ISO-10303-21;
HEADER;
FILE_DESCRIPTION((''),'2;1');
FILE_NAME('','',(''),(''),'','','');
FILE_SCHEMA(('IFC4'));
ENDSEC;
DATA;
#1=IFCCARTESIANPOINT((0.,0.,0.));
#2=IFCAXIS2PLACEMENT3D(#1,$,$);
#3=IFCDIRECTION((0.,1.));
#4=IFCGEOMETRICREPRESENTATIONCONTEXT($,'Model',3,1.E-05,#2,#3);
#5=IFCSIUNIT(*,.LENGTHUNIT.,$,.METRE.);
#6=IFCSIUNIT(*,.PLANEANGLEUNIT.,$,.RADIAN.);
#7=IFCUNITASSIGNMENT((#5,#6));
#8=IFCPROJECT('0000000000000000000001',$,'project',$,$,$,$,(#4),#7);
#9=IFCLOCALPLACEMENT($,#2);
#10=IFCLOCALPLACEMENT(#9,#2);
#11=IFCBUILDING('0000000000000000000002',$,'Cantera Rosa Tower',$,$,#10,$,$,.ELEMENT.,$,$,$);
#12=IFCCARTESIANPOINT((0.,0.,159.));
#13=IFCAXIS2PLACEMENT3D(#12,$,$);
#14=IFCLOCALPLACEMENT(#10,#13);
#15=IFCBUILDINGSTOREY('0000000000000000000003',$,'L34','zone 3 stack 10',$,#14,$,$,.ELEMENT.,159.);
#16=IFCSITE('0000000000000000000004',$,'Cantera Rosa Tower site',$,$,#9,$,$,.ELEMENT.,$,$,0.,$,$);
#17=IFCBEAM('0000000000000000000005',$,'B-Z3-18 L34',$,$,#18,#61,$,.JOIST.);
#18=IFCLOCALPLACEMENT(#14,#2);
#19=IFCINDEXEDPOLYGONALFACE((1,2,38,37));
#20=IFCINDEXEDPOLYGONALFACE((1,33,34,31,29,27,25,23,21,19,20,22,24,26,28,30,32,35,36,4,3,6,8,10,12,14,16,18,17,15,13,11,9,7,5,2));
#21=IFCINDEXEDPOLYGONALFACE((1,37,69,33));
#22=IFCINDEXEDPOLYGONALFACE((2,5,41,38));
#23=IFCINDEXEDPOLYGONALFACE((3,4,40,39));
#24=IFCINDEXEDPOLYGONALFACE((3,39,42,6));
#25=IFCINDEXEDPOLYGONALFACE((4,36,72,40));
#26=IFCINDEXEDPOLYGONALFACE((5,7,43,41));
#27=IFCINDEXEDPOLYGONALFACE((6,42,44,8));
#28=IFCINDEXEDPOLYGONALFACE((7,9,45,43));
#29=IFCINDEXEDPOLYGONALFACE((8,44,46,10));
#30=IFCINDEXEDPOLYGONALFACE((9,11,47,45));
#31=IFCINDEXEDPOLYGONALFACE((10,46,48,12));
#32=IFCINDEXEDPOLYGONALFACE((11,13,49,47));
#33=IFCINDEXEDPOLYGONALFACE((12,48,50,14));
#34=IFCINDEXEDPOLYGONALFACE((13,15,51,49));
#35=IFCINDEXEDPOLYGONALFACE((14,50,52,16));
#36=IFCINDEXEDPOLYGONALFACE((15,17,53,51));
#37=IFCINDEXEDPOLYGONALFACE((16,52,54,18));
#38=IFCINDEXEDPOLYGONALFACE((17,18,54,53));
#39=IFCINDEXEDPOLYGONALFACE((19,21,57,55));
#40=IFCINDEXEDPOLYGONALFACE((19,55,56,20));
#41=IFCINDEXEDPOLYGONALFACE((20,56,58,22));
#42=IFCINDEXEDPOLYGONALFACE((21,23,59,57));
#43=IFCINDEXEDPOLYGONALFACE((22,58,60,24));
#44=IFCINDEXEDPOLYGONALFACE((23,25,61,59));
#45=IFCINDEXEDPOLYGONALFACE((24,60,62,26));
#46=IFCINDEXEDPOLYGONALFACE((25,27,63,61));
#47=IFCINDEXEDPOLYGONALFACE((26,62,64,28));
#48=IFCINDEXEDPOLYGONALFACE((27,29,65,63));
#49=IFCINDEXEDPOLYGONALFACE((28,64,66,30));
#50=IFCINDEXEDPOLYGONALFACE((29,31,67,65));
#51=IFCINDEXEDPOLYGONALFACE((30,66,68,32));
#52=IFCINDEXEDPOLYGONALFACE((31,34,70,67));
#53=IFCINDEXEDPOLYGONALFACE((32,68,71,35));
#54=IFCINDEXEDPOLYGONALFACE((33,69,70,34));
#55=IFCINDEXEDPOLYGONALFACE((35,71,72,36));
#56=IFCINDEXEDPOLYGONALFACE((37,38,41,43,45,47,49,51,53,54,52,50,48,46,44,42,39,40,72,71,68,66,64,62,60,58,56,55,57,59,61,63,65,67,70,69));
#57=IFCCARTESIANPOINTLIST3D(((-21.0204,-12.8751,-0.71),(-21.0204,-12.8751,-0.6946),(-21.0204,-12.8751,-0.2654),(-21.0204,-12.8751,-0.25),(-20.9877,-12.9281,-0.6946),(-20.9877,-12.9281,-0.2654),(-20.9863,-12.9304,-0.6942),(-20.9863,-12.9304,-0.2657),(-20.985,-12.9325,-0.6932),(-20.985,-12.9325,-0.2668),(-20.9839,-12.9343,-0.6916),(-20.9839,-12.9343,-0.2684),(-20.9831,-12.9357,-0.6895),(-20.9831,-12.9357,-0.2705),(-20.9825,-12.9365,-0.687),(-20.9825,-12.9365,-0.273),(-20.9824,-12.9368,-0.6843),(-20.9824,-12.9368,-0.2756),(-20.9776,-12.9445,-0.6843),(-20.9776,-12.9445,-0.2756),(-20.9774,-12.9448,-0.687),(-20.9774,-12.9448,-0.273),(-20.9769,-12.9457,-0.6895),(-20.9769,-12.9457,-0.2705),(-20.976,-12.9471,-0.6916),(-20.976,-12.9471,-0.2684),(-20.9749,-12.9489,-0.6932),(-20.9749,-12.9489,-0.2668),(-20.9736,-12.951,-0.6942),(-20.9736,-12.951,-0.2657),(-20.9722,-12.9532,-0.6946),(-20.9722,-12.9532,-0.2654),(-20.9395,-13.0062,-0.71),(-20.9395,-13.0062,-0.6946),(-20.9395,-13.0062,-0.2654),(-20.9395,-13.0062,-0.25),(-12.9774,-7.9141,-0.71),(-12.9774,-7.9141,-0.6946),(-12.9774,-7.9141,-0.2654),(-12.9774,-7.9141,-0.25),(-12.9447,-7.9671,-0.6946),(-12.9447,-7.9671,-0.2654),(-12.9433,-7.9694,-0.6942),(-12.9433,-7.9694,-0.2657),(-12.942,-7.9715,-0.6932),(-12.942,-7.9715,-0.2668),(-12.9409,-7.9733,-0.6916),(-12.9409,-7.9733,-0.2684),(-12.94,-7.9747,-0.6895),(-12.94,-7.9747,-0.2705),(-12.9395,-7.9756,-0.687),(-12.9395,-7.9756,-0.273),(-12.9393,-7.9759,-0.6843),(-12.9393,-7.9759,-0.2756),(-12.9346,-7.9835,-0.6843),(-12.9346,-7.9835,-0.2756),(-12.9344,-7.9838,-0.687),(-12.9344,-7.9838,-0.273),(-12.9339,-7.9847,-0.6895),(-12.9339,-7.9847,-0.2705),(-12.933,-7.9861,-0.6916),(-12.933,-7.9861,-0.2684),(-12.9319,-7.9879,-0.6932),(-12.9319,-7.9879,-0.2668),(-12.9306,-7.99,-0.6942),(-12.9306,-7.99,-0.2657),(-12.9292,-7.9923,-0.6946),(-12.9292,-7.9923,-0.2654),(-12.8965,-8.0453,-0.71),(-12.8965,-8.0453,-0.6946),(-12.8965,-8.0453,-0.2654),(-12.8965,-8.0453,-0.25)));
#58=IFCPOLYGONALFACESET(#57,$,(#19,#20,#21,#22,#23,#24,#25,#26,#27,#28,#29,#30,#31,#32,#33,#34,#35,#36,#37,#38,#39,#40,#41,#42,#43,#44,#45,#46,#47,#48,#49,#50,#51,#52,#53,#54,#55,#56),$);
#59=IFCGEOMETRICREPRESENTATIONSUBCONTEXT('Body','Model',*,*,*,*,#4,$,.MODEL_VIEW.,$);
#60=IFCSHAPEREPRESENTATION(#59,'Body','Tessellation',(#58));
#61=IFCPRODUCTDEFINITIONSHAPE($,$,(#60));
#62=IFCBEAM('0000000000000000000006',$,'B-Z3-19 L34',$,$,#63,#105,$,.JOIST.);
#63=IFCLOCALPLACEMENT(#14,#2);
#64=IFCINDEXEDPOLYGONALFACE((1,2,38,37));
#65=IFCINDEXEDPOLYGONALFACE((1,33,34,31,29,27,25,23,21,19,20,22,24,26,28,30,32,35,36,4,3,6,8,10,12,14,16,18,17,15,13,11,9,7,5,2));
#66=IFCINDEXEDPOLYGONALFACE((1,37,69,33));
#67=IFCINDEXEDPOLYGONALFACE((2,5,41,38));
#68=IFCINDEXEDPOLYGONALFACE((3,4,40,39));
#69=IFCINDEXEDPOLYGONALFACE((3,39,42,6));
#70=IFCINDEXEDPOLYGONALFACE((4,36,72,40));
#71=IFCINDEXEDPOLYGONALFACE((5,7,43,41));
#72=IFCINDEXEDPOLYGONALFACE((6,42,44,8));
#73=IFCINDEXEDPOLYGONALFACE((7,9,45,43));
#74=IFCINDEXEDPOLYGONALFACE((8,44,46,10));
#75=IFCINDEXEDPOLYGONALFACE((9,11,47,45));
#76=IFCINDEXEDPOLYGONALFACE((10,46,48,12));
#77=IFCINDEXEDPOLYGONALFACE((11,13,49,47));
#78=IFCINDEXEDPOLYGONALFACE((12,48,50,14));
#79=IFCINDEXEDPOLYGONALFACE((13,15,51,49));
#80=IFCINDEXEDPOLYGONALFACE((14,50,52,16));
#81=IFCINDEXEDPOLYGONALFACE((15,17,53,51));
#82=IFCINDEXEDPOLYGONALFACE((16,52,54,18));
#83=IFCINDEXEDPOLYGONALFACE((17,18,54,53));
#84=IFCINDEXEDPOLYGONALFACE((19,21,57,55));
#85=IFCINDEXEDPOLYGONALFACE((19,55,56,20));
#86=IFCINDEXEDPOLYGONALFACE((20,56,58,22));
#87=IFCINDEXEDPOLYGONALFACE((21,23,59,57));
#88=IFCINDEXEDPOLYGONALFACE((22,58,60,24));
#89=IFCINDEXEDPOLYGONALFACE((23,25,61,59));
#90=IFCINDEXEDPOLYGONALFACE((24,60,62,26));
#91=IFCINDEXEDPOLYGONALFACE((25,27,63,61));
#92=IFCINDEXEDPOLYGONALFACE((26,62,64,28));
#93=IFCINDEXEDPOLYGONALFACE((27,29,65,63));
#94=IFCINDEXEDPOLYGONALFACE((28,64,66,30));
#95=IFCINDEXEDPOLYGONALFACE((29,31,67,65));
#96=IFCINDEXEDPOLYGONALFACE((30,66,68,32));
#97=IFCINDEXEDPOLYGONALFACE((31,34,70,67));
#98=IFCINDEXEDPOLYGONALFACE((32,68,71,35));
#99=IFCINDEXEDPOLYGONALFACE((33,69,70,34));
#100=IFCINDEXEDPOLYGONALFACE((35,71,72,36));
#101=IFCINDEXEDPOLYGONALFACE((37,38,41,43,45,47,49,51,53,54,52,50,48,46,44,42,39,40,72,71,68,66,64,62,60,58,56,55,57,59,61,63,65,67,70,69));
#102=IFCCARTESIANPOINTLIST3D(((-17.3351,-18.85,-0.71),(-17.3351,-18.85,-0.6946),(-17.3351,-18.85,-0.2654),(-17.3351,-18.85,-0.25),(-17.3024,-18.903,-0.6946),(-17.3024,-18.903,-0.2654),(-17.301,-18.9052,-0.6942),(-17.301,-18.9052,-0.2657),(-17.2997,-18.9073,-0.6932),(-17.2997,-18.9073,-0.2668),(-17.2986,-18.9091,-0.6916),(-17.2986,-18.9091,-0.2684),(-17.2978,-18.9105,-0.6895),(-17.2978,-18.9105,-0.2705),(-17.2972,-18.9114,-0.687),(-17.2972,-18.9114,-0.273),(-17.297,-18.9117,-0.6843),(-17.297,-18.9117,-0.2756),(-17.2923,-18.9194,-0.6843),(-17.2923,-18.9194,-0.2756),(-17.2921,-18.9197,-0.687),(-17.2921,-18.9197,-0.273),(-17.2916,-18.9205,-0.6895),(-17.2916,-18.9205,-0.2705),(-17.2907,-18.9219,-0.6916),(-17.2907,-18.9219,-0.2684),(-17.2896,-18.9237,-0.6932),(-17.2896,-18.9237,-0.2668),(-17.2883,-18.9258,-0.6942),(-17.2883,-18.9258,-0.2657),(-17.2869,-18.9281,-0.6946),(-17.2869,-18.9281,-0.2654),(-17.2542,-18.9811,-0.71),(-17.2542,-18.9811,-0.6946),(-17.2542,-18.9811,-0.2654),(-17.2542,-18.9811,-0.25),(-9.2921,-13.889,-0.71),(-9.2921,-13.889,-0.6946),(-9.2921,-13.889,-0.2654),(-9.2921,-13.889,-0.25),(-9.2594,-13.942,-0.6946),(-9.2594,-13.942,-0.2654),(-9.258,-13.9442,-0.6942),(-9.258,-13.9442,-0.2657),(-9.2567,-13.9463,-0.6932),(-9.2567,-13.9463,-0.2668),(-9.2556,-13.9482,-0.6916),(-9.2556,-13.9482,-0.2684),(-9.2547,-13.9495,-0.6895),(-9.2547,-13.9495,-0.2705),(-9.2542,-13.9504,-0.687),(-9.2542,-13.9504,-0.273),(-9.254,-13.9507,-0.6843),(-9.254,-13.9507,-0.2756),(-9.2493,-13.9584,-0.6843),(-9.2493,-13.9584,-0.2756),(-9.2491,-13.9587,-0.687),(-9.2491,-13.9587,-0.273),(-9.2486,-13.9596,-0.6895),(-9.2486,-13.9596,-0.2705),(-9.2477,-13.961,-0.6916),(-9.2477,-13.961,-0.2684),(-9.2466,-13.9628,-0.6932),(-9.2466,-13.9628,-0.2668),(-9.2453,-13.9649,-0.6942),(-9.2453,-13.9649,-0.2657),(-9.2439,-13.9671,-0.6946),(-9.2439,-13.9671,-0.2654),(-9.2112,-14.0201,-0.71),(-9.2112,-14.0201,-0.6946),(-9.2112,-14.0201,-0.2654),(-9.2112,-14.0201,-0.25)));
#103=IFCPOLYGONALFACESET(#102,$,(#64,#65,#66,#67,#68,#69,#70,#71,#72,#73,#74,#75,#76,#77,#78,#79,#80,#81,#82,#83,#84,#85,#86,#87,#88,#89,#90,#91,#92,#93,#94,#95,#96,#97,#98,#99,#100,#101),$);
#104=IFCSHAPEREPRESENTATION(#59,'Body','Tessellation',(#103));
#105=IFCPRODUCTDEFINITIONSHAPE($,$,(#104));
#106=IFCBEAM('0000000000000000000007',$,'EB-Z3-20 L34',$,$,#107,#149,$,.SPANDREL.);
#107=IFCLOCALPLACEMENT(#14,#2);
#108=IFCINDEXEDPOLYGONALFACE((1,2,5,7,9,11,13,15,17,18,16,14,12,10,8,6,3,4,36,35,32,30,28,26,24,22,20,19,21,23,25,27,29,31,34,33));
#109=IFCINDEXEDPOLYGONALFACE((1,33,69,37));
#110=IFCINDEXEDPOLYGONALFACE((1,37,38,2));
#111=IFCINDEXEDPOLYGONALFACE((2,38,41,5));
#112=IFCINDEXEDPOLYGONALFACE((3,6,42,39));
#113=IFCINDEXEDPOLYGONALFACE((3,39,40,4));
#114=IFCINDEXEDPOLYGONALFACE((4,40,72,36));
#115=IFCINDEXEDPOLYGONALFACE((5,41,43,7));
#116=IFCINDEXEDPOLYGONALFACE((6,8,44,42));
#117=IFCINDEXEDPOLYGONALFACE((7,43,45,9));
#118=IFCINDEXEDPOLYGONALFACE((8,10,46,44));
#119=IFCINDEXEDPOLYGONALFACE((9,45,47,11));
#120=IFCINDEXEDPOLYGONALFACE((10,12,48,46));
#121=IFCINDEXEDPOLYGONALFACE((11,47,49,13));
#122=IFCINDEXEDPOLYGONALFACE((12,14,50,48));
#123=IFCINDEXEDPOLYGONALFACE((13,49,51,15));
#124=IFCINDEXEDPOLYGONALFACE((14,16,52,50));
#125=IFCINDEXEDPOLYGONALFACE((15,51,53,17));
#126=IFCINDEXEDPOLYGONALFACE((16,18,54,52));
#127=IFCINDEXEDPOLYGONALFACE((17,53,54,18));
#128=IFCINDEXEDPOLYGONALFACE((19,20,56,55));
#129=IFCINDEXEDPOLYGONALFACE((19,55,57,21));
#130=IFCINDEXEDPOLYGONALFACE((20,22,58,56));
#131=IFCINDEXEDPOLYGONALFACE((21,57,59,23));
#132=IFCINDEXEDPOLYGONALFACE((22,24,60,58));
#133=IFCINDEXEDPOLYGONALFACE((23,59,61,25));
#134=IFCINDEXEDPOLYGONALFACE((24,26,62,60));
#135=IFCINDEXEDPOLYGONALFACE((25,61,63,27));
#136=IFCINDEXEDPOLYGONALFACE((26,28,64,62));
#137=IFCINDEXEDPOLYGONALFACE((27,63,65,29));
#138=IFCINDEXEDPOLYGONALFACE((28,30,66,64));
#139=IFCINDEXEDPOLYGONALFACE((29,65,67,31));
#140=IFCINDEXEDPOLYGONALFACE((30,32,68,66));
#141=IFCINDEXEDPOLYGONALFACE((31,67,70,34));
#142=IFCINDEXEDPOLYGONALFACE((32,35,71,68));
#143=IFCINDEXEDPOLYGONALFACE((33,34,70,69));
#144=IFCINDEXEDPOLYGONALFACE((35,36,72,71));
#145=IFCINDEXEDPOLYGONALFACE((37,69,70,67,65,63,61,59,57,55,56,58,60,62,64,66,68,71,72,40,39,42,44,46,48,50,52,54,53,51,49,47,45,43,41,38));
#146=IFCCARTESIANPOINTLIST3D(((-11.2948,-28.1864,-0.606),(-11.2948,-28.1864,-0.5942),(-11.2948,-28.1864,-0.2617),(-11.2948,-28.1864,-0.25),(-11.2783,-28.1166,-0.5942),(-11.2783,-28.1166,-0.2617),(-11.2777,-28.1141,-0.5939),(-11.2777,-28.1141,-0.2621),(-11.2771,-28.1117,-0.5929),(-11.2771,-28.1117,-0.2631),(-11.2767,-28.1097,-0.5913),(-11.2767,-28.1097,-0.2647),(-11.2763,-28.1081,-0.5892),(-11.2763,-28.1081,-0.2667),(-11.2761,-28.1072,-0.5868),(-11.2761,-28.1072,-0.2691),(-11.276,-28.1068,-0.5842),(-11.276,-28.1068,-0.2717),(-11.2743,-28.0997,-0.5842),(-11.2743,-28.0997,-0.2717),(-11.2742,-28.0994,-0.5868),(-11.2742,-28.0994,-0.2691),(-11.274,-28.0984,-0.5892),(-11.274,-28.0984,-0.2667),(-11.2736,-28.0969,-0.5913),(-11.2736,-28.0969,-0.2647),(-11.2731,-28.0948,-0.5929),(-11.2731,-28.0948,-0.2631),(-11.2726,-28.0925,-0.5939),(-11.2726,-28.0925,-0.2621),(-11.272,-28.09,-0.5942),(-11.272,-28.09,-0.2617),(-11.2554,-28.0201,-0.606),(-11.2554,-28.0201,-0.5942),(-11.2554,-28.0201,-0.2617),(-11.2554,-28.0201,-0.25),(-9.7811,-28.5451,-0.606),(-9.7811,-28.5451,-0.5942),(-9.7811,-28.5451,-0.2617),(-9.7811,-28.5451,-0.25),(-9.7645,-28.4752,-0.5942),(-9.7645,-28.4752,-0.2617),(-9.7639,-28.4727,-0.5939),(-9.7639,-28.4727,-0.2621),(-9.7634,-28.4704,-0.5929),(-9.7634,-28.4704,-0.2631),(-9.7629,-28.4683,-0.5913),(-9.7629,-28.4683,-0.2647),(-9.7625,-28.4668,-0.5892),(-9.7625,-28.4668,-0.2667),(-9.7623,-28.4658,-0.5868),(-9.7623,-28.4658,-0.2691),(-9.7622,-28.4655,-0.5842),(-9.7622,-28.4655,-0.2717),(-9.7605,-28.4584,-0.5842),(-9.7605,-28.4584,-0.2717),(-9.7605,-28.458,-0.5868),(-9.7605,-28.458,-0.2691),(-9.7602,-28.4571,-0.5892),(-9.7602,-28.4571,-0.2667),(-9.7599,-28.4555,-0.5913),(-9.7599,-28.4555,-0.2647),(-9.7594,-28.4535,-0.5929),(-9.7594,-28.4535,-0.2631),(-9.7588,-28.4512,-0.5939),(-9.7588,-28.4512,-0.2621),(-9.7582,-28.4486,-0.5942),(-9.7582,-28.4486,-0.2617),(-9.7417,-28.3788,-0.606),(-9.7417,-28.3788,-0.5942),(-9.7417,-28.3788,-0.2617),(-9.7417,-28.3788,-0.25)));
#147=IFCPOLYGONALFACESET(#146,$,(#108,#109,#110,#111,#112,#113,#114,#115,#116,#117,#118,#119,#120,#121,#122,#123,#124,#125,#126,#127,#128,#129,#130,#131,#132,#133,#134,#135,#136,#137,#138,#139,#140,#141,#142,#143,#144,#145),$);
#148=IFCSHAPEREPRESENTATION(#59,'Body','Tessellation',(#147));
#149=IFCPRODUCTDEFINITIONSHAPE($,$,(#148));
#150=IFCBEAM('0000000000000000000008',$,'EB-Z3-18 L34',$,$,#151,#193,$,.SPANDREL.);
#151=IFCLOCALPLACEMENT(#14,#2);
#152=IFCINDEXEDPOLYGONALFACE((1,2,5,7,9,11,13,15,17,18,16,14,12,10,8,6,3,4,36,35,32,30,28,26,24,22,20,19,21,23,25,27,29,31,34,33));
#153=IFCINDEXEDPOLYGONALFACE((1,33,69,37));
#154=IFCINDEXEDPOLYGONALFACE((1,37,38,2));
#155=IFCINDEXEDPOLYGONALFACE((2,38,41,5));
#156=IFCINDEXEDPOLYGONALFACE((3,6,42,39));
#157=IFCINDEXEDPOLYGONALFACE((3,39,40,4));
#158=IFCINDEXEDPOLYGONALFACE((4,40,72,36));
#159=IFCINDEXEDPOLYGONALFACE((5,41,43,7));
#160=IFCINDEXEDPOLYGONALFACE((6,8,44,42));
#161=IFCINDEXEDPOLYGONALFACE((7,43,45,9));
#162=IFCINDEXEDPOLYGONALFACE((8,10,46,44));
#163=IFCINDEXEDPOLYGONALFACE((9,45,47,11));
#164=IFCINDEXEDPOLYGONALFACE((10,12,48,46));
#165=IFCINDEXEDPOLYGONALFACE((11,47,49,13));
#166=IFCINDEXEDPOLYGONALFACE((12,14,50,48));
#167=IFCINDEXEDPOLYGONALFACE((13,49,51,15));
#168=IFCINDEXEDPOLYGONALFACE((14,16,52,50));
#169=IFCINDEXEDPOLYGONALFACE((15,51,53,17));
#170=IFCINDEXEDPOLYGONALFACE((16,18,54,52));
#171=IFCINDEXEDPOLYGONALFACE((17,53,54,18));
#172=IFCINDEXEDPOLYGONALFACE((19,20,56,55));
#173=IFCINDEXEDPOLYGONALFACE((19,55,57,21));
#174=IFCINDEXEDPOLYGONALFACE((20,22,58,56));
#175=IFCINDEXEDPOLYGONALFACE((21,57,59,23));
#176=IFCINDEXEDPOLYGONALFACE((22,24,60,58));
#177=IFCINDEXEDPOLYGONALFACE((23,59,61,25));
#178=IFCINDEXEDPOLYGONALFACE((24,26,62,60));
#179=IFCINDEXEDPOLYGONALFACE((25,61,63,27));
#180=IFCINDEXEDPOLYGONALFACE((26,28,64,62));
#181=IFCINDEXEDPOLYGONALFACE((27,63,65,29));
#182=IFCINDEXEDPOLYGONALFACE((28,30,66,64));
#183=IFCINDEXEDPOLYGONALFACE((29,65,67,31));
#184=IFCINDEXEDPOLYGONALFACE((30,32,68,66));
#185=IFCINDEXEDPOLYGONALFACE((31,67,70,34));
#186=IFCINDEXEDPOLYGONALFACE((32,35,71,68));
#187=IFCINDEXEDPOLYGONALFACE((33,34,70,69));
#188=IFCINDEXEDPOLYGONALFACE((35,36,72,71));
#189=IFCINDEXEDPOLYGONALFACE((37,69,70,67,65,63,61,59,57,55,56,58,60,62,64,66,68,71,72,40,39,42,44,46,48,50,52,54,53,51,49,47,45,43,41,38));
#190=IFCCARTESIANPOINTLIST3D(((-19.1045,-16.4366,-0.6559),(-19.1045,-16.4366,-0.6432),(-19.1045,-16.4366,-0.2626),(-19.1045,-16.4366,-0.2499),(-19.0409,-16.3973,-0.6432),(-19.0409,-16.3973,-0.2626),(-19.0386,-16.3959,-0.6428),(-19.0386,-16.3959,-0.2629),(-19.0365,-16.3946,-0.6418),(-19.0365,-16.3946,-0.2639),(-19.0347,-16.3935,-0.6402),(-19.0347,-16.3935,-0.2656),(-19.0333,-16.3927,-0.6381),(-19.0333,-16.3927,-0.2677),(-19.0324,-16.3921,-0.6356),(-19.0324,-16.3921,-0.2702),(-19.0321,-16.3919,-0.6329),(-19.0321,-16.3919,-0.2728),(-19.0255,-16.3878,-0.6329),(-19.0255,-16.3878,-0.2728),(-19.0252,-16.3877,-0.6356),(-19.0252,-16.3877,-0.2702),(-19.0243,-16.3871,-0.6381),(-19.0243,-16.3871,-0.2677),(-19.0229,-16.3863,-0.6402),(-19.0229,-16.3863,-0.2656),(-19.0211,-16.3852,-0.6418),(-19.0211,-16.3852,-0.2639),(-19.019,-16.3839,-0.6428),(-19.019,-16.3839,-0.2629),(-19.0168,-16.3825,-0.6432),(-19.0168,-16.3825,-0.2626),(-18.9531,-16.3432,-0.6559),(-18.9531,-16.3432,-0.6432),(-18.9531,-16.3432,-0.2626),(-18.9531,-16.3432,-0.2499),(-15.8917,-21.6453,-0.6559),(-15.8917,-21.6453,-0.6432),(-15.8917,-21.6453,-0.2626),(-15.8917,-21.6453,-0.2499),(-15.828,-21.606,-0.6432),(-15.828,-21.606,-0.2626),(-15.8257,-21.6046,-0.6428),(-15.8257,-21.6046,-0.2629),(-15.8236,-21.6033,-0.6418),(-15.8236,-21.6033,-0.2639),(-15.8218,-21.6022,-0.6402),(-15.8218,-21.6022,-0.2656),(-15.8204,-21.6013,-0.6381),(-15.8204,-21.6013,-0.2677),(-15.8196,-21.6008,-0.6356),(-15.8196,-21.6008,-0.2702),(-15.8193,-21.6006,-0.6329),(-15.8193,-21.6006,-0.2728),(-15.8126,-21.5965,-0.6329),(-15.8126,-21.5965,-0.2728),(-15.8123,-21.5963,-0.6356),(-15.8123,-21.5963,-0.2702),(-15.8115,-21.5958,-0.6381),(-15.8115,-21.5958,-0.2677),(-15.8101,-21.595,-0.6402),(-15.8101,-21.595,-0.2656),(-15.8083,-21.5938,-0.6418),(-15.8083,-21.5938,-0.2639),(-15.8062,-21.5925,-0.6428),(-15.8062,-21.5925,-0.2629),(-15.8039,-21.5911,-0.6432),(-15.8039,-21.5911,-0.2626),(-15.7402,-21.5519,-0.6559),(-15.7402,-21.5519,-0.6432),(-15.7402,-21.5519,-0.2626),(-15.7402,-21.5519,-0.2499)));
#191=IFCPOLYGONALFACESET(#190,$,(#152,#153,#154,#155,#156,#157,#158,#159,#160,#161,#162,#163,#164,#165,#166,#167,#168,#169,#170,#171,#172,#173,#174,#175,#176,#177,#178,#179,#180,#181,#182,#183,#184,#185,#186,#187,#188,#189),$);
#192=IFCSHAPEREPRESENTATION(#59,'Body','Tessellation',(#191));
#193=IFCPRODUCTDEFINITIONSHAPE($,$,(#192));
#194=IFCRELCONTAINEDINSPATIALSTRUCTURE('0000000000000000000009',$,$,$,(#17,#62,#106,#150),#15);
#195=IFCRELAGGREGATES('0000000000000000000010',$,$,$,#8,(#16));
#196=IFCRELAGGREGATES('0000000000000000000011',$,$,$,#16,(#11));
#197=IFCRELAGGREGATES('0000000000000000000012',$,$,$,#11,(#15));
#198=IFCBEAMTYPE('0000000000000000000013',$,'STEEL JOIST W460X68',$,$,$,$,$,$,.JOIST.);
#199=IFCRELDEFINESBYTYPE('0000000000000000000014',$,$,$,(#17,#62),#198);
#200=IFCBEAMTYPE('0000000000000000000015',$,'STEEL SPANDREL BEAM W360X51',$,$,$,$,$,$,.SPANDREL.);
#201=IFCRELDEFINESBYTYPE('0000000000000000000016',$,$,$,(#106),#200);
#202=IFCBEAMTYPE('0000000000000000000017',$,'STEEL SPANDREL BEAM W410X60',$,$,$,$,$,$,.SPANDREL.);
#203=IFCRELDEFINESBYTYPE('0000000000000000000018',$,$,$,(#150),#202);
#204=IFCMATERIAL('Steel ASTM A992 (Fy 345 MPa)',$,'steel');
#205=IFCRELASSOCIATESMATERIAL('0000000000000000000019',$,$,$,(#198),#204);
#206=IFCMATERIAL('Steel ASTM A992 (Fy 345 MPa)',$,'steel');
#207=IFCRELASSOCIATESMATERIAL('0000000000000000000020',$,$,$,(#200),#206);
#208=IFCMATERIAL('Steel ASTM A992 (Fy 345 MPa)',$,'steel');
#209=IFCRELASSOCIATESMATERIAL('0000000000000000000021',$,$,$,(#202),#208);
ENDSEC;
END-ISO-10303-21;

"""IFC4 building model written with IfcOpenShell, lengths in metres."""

from ifc_helpers import new_model, si_unit, direction, frame, origin, origin_2d, place, context, subcontext, project, spatial, i_section, extrude, material, material_profile, profile_set, type_object, element, save


model = new_model("IFC4")

# Units and contexts
model_context = context("Model", 3, precision=1e-05, world=origin(), true_north=direction((0.0, 1.0)))
body_context = subcontext(model_context, "Body", "Model", "MODEL_VIEW")
ifc_project = project(units=[si_unit("LENGTHUNIT", "METRE"), si_unit("PLANEANGLEUNIT", "RADIAN")], contexts=[model_context])

# Site, building, storey
site_placement = place(None, origin())
site = spatial("IfcSite", under=ifc_project, at=site_placement, Name="Cantera Rosa Tower site", CompositionType="ELEMENT", RefElevation=0.0)
building_placement = place(site_placement, origin())
building = spatial("IfcBuilding", under=site, at=building_placement, Name="Cantera Rosa Tower", CompositionType="ELEMENT")
storey_placement = place(building_placement, frame((0.0, 0.0, 159.0)))
storey = spatial("IfcBuildingStorey", under=building, at=storey_placement, Name="L34", Description="zone 3 stack 10", CompositionType="ELEMENT", Elevation=159.0)

# Beams
ifc_material_1 = material(Name="Steel ASTM A992 (Fy 345 MPa)", Category="steel")
ifc_material_profile_1 = material_profile(ifc_material_1, i_section(OverallWidth=0.1541, OverallDepth=0.46, WebThickness=0.009, FlangeThickness=0.0154, FilletRadius=0.0103, at=origin_2d()), Name="W460X68")
ifc_profile_set_1 = profile_set([ifc_material_profile_1], Name="Steel ASTM A992 (Fy 345 MPa)")
beam_type_1 = type_object("IfcBeamType", Name="STEEL JOIST W460X68", PredefinedType="JOIST", material=ifc_profile_set_1)
for number, where, z_axis, x_axis, name in (
    (1, (-20.98, -12.9407, -0.48), (0.851119, 0.524974, 0.0), (-0.524974, 0.851119, 0.0), "B-Z3-18 L34"),
    (2, (-17.2947, -18.9155, -0.48), (0.851119, 0.524974, 0.0), (-0.524974, 0.851119, 0.0), "B-Z3-19 L34"),
):
    element("IfcBeam", number, at=place(storey_placement, frame(where, z_axis=z_axis, x_axis=x_axis)), inside=storey, type_object=beam_type_1, Name=name, PredefinedType="JOIST", context=body_context, shape_type="SweptSolid", body=[
        extrude(i_section(OverallWidth=0.1541, OverallDepth=0.46, WebThickness=0.009, FlangeThickness=0.0154, FilletRadius=0.0103, at=origin_2d()), origin(), (0.0, 0.0, 1.0), 9.45),
    ])
ifc_material_2 = material(Name="Steel ASTM A992 (Fy 345 MPa)", Category="steel")
ifc_material_profile_2 = material_profile(ifc_material_2, i_section(OverallWidth=0.1709, OverallDepth=0.356, WebThickness=0.0073, FlangeThickness=0.0117, FilletRadius=0.01, at=origin_2d()), Name="W360X51")
ifc_profile_set_2 = profile_set([ifc_material_profile_2], Name="Steel ASTM A992 (Fy 345 MPa)")
beam_type_2 = type_object("IfcBeamType", Name="STEEL SPANDREL BEAM W360X51", PredefinedType="SPANDREL", material=ifc_profile_set_2)
beam_1_placement = place(storey_placement, frame((-11.2751, -28.1033, -0.428), z_axis=(0.97306, -0.230552, 0.0), x_axis=(0.230552, 0.97306, 0.0)))
element("IfcBeam", 3, at=beam_1_placement, inside=storey, type_object=beam_type_2, Name="EB-Z3-20 L34", PredefinedType="SPANDREL", context=body_context, shape_type="SweptSolid", body=[
    extrude(i_section(OverallWidth=0.1709, OverallDepth=0.356, WebThickness=0.0073, FlangeThickness=0.0117, FilletRadius=0.01, at=origin_2d()), origin(), (0.0, 0.0, 1.0), 1.5557),
])
ifc_material_3 = material(Name="Steel ASTM A992 (Fy 345 MPa)", Category="steel")
ifc_material_profile_3 = material_profile(ifc_material_3, i_section(OverallWidth=0.178, OverallDepth=0.406, WebThickness=0.0078, FlangeThickness=0.0127, FilletRadius=0.0103, at=origin_2d()), Name="W410X60")
ifc_profile_set_3 = profile_set([ifc_material_profile_3], Name="Steel ASTM A992 (Fy 345 MPa)")
beam_type_3 = type_object("IfcBeamType", Name="STEEL SPANDREL BEAM W410X60", PredefinedType="SPANDREL", material=ifc_profile_set_3)
for number, where, z_axis, x_axis, name in (
    (4, (-19.0288, -16.3899, -0.4529), (0.524987, -0.85111, 0.0), (0.85111, 0.524987, 0.0), "EB-Z3-18 L34"),
):
    element("IfcBeam", number, at=place(storey_placement, frame(where, z_axis=z_axis, x_axis=x_axis)), inside=storey, type_object=beam_type_3, Name=name, PredefinedType="SPANDREL", context=body_context, shape_type="SweptSolid", body=[
        extrude(i_section(OverallWidth=0.178, OverallDepth=0.406, WebThickness=0.0078, FlangeThickness=0.0127, FilletRadius=0.0103, at=origin_2d()), origin(), (0.0, 0.0, 1.0), 6.1199),
    ])

save(model, "model.ifc")
